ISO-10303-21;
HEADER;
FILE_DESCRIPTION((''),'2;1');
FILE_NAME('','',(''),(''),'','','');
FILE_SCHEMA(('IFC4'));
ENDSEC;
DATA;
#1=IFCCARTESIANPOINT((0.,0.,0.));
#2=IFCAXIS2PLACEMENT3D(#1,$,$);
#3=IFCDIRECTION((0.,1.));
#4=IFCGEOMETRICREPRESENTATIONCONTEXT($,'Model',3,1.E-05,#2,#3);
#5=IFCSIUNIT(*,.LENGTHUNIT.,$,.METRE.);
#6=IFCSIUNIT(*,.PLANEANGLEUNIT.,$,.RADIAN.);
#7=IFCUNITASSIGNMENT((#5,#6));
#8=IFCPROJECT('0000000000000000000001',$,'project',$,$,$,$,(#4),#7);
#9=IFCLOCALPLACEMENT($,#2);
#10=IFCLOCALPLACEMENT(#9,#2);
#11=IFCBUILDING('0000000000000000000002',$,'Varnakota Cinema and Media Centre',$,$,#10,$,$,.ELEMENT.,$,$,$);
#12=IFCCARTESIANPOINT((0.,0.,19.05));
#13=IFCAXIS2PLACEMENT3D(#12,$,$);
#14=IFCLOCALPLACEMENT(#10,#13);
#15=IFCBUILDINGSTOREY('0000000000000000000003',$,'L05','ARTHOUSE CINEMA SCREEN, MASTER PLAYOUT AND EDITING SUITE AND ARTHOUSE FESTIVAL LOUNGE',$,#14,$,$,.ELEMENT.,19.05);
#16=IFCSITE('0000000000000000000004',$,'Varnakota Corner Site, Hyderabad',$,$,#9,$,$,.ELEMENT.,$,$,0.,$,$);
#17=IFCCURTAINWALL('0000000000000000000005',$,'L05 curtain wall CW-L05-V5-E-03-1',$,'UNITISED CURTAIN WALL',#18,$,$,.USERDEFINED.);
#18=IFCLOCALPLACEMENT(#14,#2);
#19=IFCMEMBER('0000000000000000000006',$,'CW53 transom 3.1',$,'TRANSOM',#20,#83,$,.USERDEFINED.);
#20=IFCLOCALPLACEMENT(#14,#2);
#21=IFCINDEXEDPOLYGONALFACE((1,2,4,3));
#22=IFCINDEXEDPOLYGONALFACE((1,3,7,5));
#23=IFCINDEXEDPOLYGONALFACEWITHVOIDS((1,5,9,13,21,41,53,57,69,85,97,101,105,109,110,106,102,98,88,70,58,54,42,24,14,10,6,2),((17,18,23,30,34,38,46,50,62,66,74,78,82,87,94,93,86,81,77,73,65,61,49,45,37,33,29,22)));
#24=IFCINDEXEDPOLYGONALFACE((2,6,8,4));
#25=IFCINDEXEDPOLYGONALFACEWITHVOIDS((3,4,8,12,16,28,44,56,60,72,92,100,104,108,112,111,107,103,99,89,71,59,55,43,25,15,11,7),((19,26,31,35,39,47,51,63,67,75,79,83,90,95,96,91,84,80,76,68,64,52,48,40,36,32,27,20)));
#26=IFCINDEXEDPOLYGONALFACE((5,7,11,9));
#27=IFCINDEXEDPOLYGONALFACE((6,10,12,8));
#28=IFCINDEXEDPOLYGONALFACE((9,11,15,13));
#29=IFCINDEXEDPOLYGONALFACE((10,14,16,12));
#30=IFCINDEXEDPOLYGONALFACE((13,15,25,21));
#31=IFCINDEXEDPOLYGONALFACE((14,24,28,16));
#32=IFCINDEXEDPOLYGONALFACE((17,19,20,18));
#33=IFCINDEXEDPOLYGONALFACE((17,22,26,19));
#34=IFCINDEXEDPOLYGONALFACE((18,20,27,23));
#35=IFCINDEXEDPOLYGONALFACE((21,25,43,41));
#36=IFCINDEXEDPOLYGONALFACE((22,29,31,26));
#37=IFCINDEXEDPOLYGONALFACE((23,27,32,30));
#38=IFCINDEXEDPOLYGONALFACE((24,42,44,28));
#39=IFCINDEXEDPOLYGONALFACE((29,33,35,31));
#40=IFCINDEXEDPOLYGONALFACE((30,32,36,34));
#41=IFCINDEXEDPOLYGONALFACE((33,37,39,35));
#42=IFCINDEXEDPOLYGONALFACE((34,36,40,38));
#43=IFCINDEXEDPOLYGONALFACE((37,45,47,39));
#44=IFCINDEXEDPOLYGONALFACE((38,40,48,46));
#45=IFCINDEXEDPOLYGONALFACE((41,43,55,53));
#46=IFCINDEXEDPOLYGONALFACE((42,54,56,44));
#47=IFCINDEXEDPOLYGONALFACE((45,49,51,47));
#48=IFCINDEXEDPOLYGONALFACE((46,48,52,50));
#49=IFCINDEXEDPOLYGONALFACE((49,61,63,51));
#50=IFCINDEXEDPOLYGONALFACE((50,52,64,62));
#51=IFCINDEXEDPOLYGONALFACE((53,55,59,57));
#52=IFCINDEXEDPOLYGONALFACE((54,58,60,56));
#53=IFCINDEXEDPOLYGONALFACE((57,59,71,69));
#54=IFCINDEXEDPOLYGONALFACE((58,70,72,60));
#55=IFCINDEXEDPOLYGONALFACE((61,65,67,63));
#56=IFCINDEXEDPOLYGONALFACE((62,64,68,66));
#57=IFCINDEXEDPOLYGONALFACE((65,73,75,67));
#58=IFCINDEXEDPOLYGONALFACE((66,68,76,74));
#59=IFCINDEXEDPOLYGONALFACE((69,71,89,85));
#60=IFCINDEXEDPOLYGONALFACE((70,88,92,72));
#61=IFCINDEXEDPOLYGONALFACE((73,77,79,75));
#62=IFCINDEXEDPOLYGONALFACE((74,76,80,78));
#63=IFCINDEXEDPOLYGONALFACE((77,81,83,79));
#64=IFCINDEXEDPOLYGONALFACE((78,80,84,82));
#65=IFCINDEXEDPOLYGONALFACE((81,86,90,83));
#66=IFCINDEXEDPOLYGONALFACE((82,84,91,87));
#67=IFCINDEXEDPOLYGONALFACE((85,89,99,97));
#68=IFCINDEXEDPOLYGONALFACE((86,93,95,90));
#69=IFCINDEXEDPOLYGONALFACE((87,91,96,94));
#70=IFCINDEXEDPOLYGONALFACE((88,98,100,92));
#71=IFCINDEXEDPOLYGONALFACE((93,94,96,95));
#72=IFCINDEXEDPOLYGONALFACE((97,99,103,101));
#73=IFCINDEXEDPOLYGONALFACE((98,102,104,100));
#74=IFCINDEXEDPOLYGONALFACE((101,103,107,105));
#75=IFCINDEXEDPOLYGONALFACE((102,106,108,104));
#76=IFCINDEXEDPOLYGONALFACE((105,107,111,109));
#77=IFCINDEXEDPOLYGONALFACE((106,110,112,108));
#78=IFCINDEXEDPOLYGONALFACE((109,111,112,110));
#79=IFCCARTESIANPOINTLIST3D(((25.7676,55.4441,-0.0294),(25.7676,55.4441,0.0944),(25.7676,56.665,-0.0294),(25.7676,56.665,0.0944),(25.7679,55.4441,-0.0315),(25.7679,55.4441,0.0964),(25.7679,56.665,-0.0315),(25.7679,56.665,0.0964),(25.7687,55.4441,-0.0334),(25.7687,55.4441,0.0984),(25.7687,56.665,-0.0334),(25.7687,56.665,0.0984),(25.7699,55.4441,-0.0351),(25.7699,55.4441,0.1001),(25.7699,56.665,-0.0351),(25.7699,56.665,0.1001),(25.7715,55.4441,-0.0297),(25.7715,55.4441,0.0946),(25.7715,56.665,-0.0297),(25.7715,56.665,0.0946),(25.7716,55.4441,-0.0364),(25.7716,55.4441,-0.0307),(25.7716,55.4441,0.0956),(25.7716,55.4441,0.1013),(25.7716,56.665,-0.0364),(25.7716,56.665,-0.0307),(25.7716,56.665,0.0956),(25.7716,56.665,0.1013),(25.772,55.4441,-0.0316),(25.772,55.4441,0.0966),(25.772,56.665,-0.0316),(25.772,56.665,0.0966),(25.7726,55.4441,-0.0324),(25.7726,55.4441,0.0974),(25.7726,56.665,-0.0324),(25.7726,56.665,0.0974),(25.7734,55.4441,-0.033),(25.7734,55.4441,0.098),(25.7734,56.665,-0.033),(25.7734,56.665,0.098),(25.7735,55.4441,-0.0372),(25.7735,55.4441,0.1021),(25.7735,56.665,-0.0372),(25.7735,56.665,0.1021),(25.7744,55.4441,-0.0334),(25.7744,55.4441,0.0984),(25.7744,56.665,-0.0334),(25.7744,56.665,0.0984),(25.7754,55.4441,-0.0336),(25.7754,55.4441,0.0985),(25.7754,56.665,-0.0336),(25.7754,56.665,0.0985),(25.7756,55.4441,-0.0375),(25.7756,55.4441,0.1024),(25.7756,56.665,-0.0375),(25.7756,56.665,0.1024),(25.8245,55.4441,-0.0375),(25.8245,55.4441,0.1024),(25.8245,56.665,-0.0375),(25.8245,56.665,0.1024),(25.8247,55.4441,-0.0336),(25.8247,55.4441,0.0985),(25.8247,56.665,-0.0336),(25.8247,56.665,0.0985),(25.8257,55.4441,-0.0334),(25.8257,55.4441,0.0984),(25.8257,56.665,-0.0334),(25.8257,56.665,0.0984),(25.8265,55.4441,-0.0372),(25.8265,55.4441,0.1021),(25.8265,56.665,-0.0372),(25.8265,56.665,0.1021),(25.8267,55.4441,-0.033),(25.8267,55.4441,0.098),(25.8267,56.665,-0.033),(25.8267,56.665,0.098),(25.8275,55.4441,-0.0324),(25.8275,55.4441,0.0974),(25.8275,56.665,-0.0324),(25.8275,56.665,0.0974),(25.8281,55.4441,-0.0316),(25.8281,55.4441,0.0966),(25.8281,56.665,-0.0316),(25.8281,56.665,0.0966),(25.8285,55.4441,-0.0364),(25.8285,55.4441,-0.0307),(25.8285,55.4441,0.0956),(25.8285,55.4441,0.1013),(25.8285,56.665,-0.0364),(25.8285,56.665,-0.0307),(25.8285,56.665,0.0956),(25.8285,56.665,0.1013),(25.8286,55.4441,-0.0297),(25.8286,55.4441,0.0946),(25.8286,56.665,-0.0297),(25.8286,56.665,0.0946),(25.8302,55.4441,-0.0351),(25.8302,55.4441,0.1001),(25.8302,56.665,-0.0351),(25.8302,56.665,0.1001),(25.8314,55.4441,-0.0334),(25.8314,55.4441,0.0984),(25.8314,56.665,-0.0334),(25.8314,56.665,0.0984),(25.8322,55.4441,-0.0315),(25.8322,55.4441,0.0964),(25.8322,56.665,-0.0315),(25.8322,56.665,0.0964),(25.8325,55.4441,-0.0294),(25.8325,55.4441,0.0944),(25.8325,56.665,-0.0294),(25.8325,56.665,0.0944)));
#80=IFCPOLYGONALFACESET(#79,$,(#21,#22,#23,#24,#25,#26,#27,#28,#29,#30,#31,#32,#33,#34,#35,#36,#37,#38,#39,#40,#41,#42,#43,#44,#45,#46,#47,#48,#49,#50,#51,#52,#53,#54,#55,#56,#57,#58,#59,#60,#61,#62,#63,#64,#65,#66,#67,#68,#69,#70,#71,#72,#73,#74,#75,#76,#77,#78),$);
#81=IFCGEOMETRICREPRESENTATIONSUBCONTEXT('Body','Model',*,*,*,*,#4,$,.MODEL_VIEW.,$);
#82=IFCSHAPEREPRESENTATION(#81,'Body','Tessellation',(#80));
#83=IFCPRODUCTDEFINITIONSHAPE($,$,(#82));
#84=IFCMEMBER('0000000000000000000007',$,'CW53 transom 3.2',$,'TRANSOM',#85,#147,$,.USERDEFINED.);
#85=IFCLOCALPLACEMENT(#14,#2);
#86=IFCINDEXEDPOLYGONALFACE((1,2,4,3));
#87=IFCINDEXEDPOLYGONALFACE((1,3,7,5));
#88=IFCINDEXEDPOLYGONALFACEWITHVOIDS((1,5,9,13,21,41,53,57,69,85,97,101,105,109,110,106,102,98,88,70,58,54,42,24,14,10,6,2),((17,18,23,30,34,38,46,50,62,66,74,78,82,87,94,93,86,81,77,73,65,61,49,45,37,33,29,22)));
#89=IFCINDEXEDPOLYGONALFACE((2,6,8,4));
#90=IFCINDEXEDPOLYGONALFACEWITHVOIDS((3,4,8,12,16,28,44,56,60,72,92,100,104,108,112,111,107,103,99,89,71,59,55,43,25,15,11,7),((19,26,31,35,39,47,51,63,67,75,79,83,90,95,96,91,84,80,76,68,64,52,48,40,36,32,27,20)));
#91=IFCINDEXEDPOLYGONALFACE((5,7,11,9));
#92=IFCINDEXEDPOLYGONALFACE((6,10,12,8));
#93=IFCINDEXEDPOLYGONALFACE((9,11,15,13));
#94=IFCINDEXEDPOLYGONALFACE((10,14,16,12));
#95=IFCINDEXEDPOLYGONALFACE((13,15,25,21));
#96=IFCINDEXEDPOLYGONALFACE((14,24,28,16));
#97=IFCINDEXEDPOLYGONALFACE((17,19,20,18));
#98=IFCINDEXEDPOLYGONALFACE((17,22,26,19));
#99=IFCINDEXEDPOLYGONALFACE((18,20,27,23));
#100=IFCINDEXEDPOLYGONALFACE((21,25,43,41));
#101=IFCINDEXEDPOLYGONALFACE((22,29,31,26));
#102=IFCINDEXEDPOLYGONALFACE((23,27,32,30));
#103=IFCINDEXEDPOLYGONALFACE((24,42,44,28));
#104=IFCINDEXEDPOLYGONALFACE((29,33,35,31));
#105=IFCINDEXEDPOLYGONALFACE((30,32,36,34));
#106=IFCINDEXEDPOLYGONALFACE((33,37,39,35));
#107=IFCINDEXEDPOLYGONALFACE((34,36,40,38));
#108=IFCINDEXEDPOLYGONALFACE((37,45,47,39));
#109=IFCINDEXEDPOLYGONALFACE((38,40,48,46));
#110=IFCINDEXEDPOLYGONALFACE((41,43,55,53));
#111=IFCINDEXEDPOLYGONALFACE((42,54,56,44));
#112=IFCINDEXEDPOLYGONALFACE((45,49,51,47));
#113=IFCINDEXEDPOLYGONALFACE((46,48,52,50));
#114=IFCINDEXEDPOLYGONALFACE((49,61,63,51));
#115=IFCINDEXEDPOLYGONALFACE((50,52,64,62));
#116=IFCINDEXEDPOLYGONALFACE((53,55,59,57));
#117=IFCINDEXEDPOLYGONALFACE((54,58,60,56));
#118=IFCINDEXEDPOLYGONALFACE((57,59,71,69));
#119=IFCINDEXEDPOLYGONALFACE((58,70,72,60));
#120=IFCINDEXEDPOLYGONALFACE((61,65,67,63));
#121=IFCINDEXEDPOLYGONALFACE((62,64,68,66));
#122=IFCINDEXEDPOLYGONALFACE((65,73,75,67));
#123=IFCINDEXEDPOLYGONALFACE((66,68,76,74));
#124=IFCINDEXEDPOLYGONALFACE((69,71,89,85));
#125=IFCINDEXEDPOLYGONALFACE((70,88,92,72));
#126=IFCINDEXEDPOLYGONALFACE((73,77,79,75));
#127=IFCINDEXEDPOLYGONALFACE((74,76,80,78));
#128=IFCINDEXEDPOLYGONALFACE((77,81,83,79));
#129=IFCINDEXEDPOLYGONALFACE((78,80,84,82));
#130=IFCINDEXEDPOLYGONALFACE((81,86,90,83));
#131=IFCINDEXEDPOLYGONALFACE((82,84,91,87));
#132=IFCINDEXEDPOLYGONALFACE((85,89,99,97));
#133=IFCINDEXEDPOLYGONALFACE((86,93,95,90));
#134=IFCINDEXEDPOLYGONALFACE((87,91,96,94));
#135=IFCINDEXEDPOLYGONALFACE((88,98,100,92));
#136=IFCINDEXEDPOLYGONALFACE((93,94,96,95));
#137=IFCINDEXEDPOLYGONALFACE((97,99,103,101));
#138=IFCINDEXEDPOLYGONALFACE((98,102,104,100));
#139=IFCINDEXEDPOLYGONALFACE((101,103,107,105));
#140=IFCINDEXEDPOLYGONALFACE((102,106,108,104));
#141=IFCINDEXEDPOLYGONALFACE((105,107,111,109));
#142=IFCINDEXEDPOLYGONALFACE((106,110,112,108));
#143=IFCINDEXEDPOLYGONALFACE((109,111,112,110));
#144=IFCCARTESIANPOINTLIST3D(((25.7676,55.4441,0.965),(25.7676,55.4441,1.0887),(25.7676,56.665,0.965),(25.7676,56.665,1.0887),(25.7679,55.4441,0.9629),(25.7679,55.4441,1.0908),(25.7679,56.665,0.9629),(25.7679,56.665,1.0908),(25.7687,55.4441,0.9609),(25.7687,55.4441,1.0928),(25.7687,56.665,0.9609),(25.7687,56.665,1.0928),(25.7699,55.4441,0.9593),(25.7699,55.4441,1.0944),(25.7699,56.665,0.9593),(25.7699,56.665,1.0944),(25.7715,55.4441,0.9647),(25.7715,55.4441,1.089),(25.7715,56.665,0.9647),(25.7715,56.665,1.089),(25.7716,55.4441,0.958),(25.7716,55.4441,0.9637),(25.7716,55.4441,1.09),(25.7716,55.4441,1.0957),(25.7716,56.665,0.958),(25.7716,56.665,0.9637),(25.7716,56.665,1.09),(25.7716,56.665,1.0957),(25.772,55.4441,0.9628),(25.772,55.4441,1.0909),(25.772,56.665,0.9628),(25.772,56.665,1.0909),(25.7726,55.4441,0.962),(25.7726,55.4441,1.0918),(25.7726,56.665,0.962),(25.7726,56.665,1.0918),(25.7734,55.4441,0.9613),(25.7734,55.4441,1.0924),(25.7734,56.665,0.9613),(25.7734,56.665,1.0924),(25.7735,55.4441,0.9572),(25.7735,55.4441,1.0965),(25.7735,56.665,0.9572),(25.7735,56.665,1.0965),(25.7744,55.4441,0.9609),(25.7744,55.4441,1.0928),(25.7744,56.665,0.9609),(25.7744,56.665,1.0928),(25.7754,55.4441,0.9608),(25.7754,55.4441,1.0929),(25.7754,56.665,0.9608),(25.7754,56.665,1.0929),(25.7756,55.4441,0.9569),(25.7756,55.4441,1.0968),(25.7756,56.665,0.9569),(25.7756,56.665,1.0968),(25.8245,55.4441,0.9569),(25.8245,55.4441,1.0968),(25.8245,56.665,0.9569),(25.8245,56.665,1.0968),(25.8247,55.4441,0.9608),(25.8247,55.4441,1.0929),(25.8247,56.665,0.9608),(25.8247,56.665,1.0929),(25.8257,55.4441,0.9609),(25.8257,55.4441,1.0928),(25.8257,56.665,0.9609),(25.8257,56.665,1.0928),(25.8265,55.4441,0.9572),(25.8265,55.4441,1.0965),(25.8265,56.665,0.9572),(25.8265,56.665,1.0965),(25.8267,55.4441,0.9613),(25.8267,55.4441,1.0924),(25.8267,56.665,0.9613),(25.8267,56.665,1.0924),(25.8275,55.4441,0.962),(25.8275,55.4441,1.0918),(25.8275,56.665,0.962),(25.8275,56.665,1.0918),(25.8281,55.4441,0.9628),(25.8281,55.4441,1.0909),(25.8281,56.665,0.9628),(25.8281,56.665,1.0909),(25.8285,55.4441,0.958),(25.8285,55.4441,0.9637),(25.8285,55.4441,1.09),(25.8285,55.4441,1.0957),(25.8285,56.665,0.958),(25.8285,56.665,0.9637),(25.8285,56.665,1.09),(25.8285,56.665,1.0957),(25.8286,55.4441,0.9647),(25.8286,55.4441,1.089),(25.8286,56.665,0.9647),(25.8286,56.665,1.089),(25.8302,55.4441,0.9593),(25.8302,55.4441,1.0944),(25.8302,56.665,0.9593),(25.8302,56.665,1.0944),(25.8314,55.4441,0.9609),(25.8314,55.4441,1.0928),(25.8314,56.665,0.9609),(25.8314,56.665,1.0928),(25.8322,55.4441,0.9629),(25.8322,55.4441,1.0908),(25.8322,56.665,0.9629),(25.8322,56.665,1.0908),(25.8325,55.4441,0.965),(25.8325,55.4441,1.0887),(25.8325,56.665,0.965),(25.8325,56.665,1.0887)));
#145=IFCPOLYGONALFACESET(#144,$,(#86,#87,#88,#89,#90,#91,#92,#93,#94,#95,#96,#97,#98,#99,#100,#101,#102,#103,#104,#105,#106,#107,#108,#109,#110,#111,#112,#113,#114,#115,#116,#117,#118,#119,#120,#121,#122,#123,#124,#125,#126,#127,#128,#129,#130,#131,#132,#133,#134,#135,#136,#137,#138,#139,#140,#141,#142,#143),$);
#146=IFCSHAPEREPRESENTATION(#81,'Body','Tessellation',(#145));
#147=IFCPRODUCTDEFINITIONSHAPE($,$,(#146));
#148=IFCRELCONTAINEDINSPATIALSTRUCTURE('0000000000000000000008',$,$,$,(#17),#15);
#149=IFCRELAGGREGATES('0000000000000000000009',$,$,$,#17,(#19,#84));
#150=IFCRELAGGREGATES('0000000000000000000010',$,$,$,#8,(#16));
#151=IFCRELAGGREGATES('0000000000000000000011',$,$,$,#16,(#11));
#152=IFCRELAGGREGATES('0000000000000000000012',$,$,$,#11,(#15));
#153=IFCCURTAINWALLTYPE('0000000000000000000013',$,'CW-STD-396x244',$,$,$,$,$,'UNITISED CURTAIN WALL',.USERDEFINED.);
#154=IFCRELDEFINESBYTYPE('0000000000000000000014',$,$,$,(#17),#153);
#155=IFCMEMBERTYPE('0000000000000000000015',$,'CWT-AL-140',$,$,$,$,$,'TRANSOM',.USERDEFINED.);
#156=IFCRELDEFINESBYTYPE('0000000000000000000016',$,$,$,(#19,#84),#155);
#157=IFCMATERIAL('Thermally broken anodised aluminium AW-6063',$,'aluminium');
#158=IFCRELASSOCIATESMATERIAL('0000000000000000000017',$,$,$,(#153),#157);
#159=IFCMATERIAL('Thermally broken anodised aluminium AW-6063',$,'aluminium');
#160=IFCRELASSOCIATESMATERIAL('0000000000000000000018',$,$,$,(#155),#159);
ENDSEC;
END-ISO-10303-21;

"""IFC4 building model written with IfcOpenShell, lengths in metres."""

from ifc_helpers import new_model, si_unit, direction, frame, origin, origin_2d, place, context, subcontext, project, spatial, hollow_rectangle, extrude, material, material_profile, profile_set, type_object, element, aggregate, save


model = new_model("IFC4")

# Units and contexts
model_context = context("Model", 3, precision=1e-05, world=origin(), true_north=direction((0.0, 1.0)))
body_context = subcontext(model_context, "Body", "Model", "MODEL_VIEW")
ifc_project = project(units=[si_unit("LENGTHUNIT", "METRE"), si_unit("PLANEANGLEUNIT", "RADIAN")], contexts=[model_context])

# Site, building, storey
site_placement = place(None, origin())
site = spatial("IfcSite", under=ifc_project, at=site_placement, Name="Varnakota Corner Site, Hyderabad", CompositionType="ELEMENT", RefElevation=0.0)
building_placement = place(site_placement, origin())
building = spatial("IfcBuilding", under=site, at=building_placement, Name="Varnakota Cinema and Media Centre", CompositionType="ELEMENT")
storey_placement = place(building_placement, frame((0.0, 0.0, 19.05)))
storey = spatial("IfcBuildingStorey", under=building, at=storey_placement, Name="L05", Description="ARTHOUSE CINEMA SCREEN, MASTER PLAYOUT AND EDITING SUITE AND ARTHOUSE FESTIVAL LOUNGE", CompositionType="ELEMENT", Elevation=19.05)

# Curtain wall
ifc_material_1 = material(Name="Thermally broken anodised aluminium AW-6063", Category="aluminium")
curtain_wall_type = type_object("IfcCurtainWallType", Name="CW-STD-396x244", ElementType="UNITISED CURTAIN WALL", PredefinedType="USERDEFINED", material=ifc_material_1)
curtain_wall_1_placement = place(storey_placement, origin())
curtain_wall_1 = element("IfcCurtainWall", 1, at=curtain_wall_1_placement, inside=storey, type_object=curtain_wall_type, Name="L05 curtain wall CW-L05-V5-E-03-1", ObjectType="UNITISED CURTAIN WALL", PredefinedType="USERDEFINED")

# Members
ifc_material_2 = material(Name="Thermally broken anodised aluminium AW-6063", Category="aluminium")
ifc_material_profile_1 = material_profile(ifc_material_2, hollow_rectangle(XDim=0.0649, YDim=0.1399, WallThickness=0.0039, InnerFilletRadius=0.0039, OuterFilletRadius=0.0081, at=origin_2d()), Name="AL-TRANSOM 140x65x4")
ifc_profile_set_1 = profile_set([ifc_material_profile_1], Name="Thermally broken anodised aluminium AW-6063")
member_type_1 = type_object("IfcMemberType", Name="CWT-AL-140", ElementType="TRANSOM", PredefinedType="USERDEFINED", material=ifc_profile_set_1)
member_1_placement = place(storey_placement, frame((25.8, 55.4441, 0.0325), z_axis=(0.0, 1.0, 0.0), x_axis=(-1.0, 0.0, 0.0)))
member_1 = element("IfcMember", 2, at=member_1_placement, type_object=member_type_1, Name="CW53 transom 3.1", ObjectType="TRANSOM", PredefinedType="USERDEFINED", context=body_context, shape_type="SweptSolid", body=[
    extrude(hollow_rectangle(XDim=0.0649, YDim=0.1399, WallThickness=0.0039, InnerFilletRadius=0.0039, OuterFilletRadius=0.0081, at=origin_2d()), origin(), (0.0, 0.0, 1.0), 1.2209),
])
member_2_placement = place(storey_placement, frame((25.8, 55.4441, 1.0269), z_axis=(0.0, 1.0, 0.0), x_axis=(-1.0, 0.0, 0.0)))
member_2 = element("IfcMember", 3, at=member_2_placement, type_object=member_type_1, Name="CW53 transom 3.2", ObjectType="TRANSOM", PredefinedType="USERDEFINED", context=body_context, shape_type="SweptSolid", body=[
    extrude(hollow_rectangle(XDim=0.0649, YDim=0.1399, WallThickness=0.0039, InnerFilletRadius=0.0039, OuterFilletRadius=0.0081, at=origin_2d()), origin(), (0.0, 0.0, 1.0), 1.2209),
])

aggregate(curtain_wall_1, [member_1, member_2])

save(model, "model.ifc")
